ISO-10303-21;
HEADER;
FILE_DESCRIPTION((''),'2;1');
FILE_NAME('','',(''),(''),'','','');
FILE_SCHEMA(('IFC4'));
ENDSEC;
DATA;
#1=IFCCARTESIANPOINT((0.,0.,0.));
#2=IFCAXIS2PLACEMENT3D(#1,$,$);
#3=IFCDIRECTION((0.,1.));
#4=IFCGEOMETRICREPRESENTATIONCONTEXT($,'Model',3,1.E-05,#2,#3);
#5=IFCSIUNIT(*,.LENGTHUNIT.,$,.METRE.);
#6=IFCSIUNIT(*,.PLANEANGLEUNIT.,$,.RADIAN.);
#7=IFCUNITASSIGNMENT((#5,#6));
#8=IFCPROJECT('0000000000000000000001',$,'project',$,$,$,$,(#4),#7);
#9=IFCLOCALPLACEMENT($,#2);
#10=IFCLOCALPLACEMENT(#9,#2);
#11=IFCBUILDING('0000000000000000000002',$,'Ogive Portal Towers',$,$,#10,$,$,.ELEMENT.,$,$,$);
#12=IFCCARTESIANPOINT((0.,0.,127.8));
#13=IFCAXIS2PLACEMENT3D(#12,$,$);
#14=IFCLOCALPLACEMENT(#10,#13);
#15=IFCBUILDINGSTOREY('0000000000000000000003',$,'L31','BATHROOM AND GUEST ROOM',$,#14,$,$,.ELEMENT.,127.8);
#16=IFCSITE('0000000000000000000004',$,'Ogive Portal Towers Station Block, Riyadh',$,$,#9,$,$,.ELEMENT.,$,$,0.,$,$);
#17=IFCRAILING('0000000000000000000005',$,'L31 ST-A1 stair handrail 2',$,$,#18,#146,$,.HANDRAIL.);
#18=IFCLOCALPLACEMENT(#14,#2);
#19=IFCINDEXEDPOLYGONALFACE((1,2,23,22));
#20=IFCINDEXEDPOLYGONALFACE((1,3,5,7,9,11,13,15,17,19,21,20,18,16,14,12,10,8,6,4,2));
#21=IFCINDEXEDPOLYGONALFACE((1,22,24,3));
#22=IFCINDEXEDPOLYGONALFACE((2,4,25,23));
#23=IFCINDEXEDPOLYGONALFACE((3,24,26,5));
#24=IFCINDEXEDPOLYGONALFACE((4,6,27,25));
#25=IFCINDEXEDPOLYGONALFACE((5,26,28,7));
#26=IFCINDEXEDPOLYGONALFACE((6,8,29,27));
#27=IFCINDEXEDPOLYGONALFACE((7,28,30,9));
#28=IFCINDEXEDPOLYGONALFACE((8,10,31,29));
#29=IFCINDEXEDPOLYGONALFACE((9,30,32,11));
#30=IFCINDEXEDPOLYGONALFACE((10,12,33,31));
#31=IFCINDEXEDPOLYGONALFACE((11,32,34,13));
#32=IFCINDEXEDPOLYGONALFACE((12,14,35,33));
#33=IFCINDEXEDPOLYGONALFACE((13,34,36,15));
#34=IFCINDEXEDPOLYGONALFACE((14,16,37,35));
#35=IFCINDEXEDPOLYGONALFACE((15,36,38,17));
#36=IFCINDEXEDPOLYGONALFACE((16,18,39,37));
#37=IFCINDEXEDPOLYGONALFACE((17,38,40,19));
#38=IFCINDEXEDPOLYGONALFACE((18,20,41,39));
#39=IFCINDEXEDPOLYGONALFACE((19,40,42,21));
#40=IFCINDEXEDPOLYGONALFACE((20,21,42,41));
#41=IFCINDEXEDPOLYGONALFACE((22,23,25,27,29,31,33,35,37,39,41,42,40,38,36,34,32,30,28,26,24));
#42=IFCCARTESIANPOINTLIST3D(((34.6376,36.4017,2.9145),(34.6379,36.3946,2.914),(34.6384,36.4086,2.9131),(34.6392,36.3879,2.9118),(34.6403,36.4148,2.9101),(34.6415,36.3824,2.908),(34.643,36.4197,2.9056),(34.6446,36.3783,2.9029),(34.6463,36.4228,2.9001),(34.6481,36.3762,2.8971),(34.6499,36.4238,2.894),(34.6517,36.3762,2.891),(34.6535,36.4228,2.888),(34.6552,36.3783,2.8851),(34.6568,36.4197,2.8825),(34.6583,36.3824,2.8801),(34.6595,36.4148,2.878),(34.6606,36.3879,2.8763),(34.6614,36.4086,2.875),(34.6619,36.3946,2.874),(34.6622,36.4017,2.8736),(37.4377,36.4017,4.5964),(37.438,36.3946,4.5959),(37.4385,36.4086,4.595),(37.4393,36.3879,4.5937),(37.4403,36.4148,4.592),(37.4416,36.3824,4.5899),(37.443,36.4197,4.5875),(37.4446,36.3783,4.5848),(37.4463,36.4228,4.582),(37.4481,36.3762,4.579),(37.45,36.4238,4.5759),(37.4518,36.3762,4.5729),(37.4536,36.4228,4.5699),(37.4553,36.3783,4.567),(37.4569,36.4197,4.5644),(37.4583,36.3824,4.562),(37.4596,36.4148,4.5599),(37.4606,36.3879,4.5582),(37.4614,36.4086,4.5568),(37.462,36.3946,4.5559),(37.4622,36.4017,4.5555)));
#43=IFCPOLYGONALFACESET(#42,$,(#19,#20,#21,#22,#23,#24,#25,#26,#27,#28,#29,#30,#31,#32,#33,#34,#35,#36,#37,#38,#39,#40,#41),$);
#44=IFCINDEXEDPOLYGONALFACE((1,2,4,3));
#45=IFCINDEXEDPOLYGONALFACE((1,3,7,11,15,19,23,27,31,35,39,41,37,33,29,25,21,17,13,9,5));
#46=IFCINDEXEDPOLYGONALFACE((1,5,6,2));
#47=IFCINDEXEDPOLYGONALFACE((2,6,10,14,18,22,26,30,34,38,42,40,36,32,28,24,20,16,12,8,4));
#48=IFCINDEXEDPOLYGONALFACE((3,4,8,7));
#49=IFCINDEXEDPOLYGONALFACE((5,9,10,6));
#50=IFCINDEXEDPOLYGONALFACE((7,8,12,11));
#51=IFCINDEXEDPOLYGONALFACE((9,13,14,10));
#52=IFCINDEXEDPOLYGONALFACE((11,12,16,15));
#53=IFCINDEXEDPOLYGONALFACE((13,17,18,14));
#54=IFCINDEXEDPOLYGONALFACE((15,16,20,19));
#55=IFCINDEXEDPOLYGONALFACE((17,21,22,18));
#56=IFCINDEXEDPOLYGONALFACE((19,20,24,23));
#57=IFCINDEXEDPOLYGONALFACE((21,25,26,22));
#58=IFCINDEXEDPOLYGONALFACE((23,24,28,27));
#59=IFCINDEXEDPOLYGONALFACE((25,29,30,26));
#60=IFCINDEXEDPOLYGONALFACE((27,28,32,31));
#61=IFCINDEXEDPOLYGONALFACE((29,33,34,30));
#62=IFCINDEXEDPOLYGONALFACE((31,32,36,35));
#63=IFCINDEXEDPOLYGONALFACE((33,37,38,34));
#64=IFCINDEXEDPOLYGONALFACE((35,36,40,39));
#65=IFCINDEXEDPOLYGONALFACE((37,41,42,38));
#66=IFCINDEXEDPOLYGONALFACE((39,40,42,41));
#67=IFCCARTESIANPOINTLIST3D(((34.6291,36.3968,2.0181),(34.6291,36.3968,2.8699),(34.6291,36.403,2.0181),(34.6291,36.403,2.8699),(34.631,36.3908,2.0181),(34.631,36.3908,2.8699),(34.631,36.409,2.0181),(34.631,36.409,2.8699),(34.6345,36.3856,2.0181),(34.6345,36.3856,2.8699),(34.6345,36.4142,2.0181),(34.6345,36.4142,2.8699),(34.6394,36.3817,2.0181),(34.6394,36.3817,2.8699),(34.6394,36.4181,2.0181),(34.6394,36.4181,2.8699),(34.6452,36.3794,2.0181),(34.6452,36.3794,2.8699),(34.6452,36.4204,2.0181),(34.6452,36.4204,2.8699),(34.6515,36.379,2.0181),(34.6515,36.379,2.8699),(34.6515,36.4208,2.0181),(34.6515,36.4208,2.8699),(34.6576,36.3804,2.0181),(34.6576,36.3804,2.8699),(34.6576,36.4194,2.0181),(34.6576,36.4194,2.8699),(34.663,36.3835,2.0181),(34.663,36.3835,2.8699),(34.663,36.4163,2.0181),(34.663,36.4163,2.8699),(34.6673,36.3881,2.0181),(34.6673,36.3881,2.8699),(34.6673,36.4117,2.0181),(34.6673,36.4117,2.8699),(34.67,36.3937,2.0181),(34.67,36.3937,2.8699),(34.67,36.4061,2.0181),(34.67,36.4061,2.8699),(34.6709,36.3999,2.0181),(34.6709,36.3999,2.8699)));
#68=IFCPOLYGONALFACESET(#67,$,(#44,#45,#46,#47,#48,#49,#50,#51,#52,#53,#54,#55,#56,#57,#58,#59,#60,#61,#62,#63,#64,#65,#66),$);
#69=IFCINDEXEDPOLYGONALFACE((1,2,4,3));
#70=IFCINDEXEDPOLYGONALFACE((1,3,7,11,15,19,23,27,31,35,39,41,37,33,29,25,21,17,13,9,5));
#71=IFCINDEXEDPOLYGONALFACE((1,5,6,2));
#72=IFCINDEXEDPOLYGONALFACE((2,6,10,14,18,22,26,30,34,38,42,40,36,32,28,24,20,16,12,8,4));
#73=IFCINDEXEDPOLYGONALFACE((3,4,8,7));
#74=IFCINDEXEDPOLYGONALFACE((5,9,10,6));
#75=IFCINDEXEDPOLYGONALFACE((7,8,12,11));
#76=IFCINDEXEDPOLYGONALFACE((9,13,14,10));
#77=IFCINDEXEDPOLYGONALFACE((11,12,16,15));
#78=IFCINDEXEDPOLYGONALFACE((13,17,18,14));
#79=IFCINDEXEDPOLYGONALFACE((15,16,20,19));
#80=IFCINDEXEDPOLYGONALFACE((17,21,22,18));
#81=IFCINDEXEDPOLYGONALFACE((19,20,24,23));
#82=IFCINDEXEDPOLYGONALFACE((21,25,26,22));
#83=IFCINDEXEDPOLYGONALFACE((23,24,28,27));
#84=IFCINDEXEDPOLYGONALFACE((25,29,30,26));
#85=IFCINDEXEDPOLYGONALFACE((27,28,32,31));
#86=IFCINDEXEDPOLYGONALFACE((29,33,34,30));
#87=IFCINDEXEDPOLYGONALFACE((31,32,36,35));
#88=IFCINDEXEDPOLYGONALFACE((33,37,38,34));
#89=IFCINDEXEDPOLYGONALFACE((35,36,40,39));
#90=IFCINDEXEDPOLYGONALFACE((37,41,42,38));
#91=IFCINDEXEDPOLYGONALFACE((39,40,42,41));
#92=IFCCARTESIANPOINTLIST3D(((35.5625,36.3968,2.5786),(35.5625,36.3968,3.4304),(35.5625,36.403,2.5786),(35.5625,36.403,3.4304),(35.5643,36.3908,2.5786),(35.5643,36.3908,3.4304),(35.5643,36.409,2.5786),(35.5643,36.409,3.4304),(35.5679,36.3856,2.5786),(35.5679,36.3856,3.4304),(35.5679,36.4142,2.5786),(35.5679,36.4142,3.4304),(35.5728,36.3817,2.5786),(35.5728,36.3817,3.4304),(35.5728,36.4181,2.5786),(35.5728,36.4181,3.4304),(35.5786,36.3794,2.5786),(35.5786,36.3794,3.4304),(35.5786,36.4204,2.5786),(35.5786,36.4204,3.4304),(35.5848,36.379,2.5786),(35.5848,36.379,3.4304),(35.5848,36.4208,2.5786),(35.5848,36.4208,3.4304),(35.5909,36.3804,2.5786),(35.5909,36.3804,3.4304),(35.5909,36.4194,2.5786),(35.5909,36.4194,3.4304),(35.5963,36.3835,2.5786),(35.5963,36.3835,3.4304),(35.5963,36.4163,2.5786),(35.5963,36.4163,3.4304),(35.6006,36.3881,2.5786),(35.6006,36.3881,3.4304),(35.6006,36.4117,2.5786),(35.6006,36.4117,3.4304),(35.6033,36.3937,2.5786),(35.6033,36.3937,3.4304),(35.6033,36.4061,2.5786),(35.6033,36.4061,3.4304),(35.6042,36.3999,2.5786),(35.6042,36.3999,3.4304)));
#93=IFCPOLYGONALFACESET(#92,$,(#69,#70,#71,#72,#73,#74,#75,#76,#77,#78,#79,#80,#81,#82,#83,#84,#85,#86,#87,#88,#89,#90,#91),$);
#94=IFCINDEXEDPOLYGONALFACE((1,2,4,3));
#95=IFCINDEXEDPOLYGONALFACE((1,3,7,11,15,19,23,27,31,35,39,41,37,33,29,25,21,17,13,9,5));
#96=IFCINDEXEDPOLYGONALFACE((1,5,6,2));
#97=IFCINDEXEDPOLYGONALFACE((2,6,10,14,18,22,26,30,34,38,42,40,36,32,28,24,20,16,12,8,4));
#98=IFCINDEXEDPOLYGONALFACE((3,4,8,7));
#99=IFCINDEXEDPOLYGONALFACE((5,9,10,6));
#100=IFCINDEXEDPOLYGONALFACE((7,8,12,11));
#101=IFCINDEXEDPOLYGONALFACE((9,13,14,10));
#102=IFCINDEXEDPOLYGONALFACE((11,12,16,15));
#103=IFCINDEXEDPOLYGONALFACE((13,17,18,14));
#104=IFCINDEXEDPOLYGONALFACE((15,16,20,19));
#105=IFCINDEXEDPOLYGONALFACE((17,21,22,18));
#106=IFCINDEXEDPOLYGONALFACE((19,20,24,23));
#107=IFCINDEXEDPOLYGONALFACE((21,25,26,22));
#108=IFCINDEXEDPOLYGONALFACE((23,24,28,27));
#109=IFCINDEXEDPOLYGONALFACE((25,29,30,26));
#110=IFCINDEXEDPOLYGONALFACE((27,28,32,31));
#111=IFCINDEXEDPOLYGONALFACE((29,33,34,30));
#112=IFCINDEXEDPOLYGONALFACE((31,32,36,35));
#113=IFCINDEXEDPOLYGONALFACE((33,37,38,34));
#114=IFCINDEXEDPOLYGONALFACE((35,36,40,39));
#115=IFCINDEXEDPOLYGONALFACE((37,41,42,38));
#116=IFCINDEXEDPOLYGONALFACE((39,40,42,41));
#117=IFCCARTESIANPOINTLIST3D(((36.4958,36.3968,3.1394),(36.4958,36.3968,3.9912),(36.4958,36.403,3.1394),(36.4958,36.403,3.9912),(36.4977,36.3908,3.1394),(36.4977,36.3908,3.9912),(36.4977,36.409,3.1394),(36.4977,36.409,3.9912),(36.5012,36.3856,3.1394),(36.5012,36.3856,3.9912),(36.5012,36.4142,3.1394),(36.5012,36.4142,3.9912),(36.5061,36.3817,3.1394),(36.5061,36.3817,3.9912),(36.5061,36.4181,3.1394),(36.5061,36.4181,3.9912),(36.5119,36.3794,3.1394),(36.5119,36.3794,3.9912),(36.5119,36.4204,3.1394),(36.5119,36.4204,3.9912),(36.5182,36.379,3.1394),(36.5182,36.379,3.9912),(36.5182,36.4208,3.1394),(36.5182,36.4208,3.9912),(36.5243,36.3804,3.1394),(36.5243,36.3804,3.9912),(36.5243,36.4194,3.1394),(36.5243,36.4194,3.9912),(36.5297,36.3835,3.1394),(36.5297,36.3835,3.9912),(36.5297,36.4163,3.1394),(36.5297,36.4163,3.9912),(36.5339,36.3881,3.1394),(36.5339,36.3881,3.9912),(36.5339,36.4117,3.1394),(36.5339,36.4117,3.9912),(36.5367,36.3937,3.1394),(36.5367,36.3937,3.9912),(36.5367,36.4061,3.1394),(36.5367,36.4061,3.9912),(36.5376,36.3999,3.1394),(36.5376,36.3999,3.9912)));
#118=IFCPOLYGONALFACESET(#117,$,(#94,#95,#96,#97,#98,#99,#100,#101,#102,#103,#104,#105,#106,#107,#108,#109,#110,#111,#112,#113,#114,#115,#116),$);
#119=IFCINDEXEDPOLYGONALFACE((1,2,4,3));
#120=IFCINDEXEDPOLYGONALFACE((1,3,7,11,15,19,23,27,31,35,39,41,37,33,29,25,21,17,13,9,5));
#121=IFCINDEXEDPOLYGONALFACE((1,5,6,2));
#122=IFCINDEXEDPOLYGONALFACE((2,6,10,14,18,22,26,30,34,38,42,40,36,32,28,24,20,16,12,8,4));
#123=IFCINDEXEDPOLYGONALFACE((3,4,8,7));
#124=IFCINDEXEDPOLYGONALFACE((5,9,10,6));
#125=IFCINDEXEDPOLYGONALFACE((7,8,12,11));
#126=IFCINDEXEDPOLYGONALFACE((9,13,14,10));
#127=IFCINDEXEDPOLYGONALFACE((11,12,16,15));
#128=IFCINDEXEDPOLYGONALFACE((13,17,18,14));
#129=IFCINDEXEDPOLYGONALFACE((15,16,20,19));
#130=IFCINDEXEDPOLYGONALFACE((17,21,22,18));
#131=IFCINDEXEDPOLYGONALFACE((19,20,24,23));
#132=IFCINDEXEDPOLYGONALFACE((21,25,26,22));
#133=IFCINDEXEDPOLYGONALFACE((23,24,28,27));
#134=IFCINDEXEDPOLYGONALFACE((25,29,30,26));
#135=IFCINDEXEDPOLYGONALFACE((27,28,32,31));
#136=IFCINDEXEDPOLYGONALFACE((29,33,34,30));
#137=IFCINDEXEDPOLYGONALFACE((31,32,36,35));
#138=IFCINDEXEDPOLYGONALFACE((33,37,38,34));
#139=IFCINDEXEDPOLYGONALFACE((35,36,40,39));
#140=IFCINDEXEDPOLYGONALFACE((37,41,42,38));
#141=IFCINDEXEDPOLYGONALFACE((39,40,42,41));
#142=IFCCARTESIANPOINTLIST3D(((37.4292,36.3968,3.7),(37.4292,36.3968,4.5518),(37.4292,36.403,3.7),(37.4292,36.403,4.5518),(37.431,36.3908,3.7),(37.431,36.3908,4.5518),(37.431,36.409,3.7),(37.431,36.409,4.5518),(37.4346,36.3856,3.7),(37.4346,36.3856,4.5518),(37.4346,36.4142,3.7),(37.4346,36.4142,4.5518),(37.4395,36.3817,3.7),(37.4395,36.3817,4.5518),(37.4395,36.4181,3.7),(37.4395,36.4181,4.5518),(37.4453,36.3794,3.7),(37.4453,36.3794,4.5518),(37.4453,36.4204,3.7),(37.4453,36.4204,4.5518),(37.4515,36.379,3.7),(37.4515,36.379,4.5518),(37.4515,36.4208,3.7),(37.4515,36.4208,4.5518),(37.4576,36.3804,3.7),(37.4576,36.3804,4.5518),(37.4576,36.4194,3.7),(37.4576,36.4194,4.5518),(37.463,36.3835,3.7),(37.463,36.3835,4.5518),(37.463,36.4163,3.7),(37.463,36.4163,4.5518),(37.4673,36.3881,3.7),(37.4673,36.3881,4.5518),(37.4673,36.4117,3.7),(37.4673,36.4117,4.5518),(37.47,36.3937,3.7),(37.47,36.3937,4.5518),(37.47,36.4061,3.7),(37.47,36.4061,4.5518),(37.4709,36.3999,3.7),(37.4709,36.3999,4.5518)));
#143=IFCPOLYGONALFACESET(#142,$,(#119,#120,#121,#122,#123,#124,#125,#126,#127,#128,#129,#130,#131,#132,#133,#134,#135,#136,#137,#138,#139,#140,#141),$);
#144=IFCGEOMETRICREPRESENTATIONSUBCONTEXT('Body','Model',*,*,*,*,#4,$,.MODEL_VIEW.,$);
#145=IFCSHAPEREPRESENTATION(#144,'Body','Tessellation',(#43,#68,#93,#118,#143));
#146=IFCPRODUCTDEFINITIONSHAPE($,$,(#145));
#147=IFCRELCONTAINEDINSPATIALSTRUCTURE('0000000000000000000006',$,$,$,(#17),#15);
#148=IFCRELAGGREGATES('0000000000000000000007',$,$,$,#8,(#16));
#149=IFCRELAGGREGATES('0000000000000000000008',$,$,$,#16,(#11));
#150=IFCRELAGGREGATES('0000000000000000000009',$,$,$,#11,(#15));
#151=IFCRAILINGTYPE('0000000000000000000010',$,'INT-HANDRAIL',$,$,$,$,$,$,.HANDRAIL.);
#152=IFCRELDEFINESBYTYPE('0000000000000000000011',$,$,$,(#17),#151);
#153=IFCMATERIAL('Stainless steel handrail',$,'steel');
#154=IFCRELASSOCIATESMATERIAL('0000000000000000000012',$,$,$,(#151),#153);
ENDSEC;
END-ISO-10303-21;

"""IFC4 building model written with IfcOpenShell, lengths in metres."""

from ifc_helpers import new_model, si_unit, direction, frame, origin, origin_2d, place, context, subcontext, project, spatial, circle, extrude, material, type_object, element, save


model = new_model("IFC4")

# Units and contexts
model_context = context("Model", 3, precision=1e-05, world=origin(), true_north=direction((0.0, 1.0)))
body_context = subcontext(model_context, "Body", "Model", "MODEL_VIEW")
ifc_project = project(units=[si_unit("LENGTHUNIT", "METRE"), si_unit("PLANEANGLEUNIT", "RADIAN")], contexts=[model_context])

# Site, building, storey
site_placement = place(None, origin())
site = spatial("IfcSite", under=ifc_project, at=site_placement, Name="Ogive Portal Towers Station Block, Riyadh", CompositionType="ELEMENT", RefElevation=0.0)
building_placement = place(site_placement, origin())
building = spatial("IfcBuilding", under=site, at=building_placement, Name="Ogive Portal Towers", CompositionType="ELEMENT")
storey_placement = place(building_placement, frame((0.0, 0.0, 127.8)))
storey = spatial("IfcBuildingStorey", under=building, at=storey_placement, Name="L31", Description="BATHROOM AND GUEST ROOM", CompositionType="ELEMENT", Elevation=127.8)

# Railing
ifc_material_1 = material(Name="Stainless steel handrail", Category="steel")
railing_type_1 = type_object("IfcRailingType", Name="INT-HANDRAIL", PredefinedType="HANDRAIL", material=ifc_material_1)
railing_1_placement = place(storey_placement, frame((34.6499, 36.3999, 2.0181)))
element("IfcRailing", 1, at=railing_1_placement, inside=storey, type_object=railing_type_1, Name="L31 ST-A1 stair handrail 2", PredefinedType="HANDRAIL", context=body_context, shape_type="SweptSolid", body=[
    extrude(circle(Radius=0.0239, at=origin_2d()), frame((0.0, 0.0, 0.876), z_axis=(0.857242, 0.0, 0.514913), x_axis=(0.0, 1.0, 0.0)), (0.0, 0.0, 1.0), 3.2664),
    extrude(circle(Radius=0.021, at=origin_2d()), origin(), (0.0, 0.0, 1.0), 0.8518),
    extrude(circle(Radius=0.021, at=origin_2d()), frame((0.9333, 0.0, 0.5605)), (0.0, 0.0, 1.0), 0.8518),
    extrude(circle(Radius=0.021, at=origin_2d()), frame((1.8667, 0.0, 1.1213)), (0.0, 0.0, 1.0), 0.8518),
    extrude(circle(Radius=0.021, at=origin_2d()), frame((2.8, 0.0, 1.6819)), (0.0, 0.0, 1.0), 0.8518),
])

save(model, "model.ifc")
